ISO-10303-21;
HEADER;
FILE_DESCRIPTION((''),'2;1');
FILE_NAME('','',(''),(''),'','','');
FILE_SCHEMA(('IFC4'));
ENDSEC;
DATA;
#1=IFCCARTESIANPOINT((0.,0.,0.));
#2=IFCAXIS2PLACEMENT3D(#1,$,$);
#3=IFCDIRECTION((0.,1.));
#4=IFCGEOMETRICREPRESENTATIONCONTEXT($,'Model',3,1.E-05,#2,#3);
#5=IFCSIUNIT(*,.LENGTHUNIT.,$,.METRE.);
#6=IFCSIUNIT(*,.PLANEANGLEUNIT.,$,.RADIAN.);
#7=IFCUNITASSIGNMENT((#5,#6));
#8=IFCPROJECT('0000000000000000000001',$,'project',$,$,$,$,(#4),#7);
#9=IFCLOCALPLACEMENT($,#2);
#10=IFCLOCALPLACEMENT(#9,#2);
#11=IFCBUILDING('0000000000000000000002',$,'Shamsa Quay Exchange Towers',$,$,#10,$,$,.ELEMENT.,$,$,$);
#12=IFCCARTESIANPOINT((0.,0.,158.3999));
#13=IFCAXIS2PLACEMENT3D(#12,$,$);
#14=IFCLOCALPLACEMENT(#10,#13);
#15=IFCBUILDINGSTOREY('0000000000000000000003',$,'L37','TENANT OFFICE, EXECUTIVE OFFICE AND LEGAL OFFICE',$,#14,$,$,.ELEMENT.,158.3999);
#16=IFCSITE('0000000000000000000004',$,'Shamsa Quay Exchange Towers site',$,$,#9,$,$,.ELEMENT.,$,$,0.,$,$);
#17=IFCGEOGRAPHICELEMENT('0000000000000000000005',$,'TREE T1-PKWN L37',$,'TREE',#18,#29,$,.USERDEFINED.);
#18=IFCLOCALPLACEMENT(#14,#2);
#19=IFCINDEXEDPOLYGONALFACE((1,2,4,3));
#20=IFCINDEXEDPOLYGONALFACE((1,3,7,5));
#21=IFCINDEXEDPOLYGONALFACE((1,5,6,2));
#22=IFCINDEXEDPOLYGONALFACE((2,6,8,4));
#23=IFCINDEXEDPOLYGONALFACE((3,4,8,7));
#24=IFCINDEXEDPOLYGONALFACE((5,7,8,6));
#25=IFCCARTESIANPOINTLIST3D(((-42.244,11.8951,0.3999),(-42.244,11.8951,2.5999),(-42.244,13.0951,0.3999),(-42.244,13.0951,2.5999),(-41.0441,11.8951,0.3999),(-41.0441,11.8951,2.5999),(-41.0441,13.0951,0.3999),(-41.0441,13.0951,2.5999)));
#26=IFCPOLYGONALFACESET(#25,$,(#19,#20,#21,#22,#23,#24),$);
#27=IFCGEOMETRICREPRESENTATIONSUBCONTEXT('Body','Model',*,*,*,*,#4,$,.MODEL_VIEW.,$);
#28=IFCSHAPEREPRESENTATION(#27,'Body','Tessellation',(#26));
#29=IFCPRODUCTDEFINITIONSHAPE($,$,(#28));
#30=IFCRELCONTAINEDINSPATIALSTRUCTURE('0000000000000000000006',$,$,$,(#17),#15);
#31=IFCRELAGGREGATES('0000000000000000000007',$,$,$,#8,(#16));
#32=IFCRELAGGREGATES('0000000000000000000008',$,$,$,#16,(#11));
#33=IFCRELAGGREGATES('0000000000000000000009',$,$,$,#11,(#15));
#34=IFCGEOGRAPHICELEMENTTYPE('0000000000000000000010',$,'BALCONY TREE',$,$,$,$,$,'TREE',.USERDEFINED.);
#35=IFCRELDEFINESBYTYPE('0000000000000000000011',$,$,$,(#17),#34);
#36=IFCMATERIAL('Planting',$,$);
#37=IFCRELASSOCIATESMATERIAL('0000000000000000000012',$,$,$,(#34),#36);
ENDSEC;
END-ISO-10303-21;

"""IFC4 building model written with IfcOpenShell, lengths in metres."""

from ifc_helpers import new_model, si_unit, direction, frame, origin, origin_2d, place, context, subcontext, project, spatial, rectangle, extrude, material, type_object, element, save


model = new_model("IFC4")

# Units and contexts
model_context = context("Model", 3, precision=1e-05, world=origin(), true_north=direction((0.0, 1.0)))
body_context = subcontext(model_context, "Body", "Model", "MODEL_VIEW")
ifc_project = project(units=[si_unit("LENGTHUNIT", "METRE"), si_unit("PLANEANGLEUNIT", "RADIAN")], contexts=[model_context])

# Site, building, storey
site_placement = place(None, origin())
site = spatial("IfcSite", under=ifc_project, at=site_placement, Name="Shamsa Quay Exchange Towers site", CompositionType="ELEMENT", RefElevation=0.0)
building_placement = place(site_placement, origin())
building = spatial("IfcBuilding", under=site, at=building_placement, Name="Shamsa Quay Exchange Towers", CompositionType="ELEMENT")
storey_placement = place(building_placement, frame((0.0, 0.0, 158.3999)))
storey = spatial("IfcBuildingStorey", under=building, at=storey_placement, Name="L37", Description="TENANT OFFICE, EXECUTIVE OFFICE AND LEGAL OFFICE", CompositionType="ELEMENT", Elevation=158.3999)

# Geographic element
ifc_material_1 = material(Name="Planting")
geographic_element_type = type_object("IfcGeographicElementType", Name="BALCONY TREE", ElementType="TREE", PredefinedType="USERDEFINED", material=ifc_material_1)
geographic_element_placement = place(storey_placement, frame((-41.644, 12.4951, 0.3999), z_axis=(0.0, 0.0, 1.0), x_axis=(-1.0, 0.0, 0.0)))
element("IfcGeographicElement", 1, at=geographic_element_placement, inside=storey, type_object=geographic_element_type, Name="TREE T1-PKWN L37", ObjectType="TREE", PredefinedType="USERDEFINED", context=body_context, shape_type="SweptSolid", body=[
    extrude(rectangle(XDim=1.2, YDim=1.2, at=origin_2d()), origin(), (0.0, 0.0, 1.0), 2.2),
])

save(model, "model.ifc")
